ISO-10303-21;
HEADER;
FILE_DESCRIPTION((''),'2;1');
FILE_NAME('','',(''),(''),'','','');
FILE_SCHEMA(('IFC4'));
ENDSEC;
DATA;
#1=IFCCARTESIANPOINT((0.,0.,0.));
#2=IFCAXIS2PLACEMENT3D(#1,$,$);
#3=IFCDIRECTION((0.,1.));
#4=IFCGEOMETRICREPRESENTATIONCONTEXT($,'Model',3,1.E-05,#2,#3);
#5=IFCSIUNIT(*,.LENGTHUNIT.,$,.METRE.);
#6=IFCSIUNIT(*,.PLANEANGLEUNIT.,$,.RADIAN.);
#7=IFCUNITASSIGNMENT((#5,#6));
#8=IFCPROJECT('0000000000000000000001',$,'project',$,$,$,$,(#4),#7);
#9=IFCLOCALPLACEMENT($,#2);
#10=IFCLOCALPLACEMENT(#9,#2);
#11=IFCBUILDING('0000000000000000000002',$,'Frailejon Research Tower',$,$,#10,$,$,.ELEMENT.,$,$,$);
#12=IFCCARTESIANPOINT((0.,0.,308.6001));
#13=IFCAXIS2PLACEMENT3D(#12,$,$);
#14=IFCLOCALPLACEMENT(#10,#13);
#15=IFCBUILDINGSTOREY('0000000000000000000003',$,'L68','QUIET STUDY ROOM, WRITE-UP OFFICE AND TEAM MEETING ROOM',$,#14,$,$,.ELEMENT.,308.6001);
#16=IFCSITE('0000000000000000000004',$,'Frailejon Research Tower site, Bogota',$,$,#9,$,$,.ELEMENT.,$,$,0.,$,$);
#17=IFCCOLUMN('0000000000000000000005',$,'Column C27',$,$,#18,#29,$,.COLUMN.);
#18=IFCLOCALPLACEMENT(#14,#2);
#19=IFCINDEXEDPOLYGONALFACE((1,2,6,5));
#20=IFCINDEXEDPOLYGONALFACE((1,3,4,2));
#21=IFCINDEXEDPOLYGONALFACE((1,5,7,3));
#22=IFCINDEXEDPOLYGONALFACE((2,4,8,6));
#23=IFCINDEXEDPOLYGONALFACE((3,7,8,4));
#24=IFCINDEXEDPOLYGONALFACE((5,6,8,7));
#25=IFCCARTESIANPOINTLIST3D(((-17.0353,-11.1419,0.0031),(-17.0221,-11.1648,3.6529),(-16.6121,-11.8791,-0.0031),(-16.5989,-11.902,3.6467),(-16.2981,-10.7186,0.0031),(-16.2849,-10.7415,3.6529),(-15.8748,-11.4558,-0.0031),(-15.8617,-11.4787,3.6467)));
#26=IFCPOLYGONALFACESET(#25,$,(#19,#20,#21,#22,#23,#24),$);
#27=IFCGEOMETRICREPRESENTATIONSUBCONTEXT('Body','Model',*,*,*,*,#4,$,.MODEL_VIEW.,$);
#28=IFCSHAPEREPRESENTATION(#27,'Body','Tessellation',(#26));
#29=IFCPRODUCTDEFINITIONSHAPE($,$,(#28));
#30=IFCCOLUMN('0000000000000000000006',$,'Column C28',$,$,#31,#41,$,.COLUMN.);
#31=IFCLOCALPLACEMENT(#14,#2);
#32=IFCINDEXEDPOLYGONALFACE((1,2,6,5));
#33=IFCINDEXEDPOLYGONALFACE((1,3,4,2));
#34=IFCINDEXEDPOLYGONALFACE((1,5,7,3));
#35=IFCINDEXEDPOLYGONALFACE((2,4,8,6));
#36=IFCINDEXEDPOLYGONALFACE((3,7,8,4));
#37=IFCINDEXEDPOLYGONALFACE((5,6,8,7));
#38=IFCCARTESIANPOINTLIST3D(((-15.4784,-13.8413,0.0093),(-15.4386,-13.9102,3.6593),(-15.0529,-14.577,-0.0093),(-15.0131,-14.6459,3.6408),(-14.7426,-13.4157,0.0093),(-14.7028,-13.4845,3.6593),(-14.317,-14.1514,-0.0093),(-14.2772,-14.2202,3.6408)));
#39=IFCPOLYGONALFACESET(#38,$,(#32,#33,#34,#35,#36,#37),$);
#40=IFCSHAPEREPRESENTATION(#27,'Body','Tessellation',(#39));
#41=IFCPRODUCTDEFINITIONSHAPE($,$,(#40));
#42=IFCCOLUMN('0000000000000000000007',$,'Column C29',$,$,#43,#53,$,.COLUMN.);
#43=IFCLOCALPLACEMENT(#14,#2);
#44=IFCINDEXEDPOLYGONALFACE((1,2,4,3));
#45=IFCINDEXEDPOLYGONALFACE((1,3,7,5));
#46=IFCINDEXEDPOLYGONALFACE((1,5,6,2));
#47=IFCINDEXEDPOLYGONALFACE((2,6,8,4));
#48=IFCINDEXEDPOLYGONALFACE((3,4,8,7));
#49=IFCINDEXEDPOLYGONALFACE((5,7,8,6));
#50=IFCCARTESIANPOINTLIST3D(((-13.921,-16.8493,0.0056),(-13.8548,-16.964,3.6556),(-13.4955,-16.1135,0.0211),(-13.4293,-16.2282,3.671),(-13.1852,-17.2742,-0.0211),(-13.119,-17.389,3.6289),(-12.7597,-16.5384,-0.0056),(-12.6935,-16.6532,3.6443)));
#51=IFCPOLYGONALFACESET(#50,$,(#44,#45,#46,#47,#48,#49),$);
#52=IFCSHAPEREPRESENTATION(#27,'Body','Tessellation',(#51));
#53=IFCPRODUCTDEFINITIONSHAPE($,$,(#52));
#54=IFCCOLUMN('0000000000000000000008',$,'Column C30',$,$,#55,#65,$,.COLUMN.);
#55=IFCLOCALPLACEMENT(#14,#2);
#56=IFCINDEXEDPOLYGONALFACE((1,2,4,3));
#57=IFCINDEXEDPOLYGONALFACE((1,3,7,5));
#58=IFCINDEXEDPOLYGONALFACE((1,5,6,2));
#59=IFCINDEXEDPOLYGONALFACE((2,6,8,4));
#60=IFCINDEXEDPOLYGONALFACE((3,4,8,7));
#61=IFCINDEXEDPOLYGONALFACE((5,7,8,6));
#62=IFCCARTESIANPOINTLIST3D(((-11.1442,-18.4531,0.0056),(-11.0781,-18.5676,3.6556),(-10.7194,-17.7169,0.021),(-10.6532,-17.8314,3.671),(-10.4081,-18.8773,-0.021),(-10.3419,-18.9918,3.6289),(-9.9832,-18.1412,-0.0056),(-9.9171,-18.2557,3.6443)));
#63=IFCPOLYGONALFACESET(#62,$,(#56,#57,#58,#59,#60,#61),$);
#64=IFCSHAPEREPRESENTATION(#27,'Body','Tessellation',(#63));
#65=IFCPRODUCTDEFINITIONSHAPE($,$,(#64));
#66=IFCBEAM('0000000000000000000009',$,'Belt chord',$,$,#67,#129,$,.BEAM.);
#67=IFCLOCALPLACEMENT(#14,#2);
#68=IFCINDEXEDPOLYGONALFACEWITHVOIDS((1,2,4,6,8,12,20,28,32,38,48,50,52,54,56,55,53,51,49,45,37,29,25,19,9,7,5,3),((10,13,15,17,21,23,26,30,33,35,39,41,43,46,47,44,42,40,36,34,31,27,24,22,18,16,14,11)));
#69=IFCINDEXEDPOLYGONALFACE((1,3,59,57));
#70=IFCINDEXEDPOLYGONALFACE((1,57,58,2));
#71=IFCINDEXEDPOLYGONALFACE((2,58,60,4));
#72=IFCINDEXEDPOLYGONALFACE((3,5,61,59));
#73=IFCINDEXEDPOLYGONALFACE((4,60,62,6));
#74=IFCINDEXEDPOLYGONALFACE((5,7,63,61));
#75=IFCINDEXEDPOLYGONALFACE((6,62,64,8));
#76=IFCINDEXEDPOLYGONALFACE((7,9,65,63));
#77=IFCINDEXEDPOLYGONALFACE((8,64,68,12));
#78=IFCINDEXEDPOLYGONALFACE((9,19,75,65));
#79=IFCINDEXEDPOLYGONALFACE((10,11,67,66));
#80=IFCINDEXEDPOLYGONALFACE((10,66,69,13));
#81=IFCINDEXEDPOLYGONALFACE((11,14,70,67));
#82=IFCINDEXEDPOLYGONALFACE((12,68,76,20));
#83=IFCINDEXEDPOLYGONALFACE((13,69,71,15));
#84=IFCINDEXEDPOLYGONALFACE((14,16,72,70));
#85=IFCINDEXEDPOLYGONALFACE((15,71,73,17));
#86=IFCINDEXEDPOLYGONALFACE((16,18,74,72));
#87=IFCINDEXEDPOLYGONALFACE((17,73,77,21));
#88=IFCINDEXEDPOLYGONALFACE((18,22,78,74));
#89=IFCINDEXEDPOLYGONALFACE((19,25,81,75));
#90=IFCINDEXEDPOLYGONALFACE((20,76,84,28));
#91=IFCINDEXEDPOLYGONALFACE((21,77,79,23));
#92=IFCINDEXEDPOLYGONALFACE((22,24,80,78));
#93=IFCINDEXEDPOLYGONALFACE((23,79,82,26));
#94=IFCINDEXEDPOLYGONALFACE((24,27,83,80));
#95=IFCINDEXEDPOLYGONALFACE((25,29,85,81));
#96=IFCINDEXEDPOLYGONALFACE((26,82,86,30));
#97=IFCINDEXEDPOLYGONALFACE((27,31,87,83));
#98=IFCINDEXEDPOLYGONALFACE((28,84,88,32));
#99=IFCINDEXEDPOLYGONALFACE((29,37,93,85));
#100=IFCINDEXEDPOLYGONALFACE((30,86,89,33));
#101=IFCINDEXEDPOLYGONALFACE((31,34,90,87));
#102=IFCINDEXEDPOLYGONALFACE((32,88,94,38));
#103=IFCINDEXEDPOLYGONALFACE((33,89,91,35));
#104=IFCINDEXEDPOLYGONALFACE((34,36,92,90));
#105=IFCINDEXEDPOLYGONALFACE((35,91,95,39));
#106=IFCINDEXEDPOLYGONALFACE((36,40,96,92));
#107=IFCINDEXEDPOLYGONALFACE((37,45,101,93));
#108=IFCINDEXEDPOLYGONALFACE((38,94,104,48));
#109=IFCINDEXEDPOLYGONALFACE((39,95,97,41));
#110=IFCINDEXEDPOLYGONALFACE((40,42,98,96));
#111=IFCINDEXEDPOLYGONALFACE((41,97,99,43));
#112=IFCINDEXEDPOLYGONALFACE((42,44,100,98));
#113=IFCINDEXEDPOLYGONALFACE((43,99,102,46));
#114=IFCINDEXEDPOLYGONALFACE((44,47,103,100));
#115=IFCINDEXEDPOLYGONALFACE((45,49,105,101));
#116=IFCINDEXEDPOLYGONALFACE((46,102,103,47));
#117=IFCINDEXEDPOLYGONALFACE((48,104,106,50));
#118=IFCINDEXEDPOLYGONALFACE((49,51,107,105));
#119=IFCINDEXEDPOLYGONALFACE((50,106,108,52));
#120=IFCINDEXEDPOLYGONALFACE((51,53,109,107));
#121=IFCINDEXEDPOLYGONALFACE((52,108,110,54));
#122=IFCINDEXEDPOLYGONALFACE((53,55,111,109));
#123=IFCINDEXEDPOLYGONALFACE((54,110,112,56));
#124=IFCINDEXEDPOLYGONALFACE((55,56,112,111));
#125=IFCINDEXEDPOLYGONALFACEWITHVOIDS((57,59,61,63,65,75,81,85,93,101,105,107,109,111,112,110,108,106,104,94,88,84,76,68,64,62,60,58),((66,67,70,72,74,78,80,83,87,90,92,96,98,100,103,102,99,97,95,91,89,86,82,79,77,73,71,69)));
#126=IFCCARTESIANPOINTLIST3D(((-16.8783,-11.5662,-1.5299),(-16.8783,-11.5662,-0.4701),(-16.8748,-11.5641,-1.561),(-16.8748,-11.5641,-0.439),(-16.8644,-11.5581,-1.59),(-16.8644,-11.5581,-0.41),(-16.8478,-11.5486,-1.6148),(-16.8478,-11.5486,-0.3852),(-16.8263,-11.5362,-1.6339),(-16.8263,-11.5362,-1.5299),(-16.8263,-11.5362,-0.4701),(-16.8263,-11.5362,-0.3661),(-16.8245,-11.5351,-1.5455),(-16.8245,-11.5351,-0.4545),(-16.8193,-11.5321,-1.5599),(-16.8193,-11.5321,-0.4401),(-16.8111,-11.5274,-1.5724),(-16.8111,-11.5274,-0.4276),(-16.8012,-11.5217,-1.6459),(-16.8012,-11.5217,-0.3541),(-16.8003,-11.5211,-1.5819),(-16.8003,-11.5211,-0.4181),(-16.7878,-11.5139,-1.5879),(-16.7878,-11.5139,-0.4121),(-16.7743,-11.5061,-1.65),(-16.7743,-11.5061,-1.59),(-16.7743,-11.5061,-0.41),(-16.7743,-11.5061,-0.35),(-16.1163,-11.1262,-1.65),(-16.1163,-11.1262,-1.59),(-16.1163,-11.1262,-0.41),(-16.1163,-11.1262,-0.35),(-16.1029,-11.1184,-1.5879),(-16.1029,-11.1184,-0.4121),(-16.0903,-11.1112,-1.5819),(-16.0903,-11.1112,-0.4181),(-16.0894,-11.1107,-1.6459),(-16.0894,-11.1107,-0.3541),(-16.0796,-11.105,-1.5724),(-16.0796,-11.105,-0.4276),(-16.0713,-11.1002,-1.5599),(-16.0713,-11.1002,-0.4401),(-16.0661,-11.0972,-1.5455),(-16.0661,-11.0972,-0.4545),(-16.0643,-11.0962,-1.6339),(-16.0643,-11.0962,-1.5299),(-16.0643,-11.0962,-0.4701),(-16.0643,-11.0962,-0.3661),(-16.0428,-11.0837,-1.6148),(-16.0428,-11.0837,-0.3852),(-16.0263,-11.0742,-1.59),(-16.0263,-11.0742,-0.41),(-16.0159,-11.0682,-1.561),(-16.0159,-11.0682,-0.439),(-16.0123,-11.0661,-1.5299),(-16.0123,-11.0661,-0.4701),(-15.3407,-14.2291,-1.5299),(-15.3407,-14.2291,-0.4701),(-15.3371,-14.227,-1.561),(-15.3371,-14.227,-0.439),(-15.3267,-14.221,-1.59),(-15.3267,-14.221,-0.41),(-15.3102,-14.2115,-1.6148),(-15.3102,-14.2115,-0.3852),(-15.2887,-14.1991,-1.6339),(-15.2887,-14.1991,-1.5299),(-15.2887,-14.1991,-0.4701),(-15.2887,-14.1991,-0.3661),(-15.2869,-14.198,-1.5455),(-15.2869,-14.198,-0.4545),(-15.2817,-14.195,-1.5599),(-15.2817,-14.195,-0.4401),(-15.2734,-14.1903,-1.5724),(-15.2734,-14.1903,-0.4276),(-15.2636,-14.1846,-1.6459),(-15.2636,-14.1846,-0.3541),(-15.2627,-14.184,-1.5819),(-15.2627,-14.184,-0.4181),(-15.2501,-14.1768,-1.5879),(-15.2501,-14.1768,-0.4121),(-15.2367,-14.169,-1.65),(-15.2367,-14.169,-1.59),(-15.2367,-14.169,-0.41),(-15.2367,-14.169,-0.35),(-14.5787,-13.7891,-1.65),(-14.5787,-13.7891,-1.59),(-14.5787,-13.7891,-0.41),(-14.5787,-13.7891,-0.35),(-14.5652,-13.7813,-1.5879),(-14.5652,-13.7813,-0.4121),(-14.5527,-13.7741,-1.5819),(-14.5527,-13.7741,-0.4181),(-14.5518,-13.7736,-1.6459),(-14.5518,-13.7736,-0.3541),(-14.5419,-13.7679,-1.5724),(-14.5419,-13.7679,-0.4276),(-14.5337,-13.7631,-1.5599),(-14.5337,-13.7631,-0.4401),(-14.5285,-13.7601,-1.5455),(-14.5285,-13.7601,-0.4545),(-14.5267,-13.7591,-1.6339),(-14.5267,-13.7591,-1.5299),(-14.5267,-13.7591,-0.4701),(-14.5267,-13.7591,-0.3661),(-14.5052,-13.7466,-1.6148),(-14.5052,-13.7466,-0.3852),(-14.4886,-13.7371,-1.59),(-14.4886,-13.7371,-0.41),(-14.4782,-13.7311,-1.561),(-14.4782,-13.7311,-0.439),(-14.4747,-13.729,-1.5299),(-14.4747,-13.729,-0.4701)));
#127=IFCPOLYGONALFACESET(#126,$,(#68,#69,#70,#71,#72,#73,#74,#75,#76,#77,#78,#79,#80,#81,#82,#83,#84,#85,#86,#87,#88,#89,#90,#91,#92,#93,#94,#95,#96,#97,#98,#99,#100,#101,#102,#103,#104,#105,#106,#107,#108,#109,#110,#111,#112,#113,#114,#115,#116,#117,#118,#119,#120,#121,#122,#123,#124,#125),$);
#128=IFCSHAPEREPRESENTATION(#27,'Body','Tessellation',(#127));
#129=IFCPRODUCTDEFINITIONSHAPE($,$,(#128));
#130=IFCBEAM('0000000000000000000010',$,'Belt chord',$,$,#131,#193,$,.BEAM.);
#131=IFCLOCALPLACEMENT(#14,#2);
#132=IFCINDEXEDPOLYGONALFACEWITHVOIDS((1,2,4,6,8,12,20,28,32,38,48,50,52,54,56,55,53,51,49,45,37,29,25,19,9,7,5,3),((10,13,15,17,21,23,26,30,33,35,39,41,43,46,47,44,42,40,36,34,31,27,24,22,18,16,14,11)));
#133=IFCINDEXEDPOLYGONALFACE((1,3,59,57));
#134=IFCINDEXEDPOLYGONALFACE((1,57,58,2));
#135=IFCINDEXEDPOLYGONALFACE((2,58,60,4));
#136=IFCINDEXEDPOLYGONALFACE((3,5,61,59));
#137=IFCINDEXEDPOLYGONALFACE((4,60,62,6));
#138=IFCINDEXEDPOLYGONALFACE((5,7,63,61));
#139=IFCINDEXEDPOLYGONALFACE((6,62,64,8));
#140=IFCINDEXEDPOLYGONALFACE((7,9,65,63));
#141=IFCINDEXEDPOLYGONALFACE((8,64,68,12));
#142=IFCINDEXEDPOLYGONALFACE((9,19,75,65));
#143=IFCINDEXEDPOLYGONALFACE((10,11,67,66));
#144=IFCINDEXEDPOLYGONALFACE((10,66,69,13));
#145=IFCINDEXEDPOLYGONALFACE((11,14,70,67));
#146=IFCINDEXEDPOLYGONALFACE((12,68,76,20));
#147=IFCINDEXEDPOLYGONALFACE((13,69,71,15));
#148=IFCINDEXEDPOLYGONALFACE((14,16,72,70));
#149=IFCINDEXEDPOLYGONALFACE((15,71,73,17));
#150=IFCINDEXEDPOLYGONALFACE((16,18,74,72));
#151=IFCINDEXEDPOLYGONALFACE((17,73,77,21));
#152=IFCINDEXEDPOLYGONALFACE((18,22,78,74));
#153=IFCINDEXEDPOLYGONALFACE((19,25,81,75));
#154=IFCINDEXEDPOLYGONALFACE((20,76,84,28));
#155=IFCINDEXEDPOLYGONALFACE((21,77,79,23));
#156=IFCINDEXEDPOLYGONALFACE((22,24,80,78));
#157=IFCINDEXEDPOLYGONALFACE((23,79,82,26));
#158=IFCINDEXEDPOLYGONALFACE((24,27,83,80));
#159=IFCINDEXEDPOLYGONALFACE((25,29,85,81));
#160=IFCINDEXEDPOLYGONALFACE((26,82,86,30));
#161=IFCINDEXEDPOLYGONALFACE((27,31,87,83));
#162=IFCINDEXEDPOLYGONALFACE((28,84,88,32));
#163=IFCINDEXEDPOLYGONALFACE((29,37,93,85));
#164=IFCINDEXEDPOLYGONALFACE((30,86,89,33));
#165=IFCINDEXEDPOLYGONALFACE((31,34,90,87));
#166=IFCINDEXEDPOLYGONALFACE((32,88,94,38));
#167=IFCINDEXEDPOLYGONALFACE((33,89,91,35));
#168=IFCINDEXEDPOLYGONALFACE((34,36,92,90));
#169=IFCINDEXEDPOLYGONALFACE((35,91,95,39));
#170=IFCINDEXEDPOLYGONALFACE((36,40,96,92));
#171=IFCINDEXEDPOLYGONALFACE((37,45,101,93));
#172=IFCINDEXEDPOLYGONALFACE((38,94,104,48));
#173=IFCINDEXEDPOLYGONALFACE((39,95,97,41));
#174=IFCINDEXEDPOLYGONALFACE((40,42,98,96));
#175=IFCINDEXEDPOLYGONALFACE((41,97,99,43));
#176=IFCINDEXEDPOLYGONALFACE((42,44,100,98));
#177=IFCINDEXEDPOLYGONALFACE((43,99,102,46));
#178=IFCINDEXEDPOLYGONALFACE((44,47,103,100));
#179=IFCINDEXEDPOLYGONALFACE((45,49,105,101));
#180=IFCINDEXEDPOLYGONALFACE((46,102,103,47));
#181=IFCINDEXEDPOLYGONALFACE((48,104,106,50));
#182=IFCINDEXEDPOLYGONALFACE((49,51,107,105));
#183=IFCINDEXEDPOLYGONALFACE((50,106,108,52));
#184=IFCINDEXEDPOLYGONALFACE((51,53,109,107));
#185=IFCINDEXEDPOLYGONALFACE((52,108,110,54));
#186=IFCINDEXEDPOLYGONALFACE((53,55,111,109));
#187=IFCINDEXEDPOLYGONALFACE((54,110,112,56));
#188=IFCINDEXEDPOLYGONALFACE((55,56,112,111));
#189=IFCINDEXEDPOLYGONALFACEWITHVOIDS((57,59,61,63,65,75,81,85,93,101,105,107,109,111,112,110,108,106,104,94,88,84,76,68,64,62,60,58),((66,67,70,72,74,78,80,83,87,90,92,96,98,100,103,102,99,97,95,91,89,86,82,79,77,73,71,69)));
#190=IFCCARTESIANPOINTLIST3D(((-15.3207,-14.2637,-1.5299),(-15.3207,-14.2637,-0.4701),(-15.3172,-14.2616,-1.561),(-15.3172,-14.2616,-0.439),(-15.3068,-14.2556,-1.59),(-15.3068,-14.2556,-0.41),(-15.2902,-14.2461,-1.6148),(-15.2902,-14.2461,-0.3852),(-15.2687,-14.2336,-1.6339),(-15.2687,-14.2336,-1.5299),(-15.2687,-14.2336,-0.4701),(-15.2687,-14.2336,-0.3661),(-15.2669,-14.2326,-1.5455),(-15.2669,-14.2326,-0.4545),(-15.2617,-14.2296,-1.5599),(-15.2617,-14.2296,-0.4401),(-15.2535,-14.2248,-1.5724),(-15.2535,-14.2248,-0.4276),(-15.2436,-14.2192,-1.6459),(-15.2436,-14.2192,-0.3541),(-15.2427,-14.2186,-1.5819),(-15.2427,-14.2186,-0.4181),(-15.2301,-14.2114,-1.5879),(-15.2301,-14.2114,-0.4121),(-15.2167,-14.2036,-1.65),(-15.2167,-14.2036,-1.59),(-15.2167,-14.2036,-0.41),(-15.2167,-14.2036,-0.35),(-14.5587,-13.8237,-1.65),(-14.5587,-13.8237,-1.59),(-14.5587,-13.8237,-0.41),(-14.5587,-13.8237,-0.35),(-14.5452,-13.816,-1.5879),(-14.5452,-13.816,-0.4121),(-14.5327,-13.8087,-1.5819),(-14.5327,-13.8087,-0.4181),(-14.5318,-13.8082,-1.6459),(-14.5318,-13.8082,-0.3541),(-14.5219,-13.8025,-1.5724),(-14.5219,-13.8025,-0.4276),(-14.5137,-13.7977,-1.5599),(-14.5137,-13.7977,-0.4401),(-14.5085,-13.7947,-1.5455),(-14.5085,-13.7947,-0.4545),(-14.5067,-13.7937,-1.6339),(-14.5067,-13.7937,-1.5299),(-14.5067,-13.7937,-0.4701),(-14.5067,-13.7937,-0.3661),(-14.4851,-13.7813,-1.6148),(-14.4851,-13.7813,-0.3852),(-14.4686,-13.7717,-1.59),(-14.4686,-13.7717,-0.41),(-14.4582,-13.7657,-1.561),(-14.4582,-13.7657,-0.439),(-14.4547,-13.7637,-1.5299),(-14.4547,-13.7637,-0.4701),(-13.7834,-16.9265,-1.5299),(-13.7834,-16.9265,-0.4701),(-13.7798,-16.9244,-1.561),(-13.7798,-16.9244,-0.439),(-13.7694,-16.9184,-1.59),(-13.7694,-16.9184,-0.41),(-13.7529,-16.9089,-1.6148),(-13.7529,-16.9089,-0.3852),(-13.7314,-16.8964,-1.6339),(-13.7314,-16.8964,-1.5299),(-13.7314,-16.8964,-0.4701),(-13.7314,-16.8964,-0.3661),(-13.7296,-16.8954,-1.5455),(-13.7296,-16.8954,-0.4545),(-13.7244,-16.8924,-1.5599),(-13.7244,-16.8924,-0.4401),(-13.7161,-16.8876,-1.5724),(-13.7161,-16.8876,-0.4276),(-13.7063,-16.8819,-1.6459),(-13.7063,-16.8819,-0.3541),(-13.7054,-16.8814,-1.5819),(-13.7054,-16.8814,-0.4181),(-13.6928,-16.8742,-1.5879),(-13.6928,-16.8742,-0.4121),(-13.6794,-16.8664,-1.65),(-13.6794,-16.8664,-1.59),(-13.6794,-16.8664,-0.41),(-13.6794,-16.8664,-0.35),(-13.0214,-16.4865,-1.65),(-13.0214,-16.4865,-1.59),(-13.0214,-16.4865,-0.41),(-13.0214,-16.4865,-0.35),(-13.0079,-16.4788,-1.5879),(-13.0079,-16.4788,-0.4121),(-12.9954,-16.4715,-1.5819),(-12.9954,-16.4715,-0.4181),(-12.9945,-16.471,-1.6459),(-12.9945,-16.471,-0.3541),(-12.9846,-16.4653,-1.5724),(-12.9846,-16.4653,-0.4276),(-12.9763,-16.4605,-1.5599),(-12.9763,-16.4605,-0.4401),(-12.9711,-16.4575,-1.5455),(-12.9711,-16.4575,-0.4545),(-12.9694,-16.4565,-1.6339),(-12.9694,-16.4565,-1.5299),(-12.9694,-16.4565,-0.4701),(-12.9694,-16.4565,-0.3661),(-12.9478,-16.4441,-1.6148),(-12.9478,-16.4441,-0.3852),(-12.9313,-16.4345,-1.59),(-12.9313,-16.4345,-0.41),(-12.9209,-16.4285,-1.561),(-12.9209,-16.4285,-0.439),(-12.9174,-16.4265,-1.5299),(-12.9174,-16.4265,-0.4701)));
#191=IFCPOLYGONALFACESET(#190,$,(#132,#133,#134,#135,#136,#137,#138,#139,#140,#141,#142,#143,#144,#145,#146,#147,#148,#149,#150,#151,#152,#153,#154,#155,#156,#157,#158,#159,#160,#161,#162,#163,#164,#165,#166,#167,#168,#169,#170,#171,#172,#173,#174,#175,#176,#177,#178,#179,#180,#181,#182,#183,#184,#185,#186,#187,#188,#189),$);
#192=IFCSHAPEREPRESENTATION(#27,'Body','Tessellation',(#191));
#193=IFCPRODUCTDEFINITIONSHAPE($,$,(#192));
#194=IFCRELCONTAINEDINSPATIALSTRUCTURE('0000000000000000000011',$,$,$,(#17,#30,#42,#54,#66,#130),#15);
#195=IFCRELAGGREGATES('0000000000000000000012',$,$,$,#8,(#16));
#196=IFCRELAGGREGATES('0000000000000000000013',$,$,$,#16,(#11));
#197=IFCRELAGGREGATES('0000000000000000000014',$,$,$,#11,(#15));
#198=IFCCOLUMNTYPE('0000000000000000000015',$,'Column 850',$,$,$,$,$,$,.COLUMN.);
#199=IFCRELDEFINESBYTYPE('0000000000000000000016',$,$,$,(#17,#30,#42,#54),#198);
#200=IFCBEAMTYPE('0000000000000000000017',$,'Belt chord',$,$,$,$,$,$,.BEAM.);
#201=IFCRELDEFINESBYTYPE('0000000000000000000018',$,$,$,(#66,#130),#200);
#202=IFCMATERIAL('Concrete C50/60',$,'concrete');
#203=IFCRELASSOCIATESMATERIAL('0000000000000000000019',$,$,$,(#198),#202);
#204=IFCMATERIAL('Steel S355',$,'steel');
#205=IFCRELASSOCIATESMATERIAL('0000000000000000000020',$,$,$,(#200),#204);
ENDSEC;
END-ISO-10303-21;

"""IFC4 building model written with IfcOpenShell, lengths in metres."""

from ifc_helpers import new_model, si_unit, direction, frame, origin, origin_2d, place, context, subcontext, project, spatial, rectangle, hollow_rectangle, extrude, material, material_profile, profile_set, type_object, element, save


model = new_model("IFC4")

# Units and contexts
model_context = context("Model", 3, precision=1e-05, world=origin(), true_north=direction((0.0, 1.0)))
body_context = subcontext(model_context, "Body", "Model", "MODEL_VIEW")
ifc_project = project(units=[si_unit("LENGTHUNIT", "METRE"), si_unit("PLANEANGLEUNIT", "RADIAN")], contexts=[model_context])

# Site, building, storey
site_placement = place(None, origin())
site = spatial("IfcSite", under=ifc_project, at=site_placement, Name="Frailejon Research Tower site, Bogota", CompositionType="ELEMENT", RefElevation=0.0)
building_placement = place(site_placement, origin())
building = spatial("IfcBuilding", under=site, at=building_placement, Name="Frailejon Research Tower", CompositionType="ELEMENT")
storey_placement = place(building_placement, frame((0.0, 0.0, 308.6001)))
storey = spatial("IfcBuildingStorey", under=building, at=storey_placement, Name="L68", Description="QUIET STUDY ROOM, WRITE-UP OFFICE AND TEAM MEETING ROOM", CompositionType="ELEMENT", Elevation=308.6001)

# Columns
ifc_material_1 = material(Name="Concrete C50/60", Category="concrete")
ifc_material_profile_1 = material_profile(ifc_material_1, rectangle(XDim=0.8501, YDim=0.8501, at=origin_2d()), Name="Column 850")
ifc_profile_set_1 = profile_set([ifc_material_profile_1], Name="Concrete C50/60")
column_type = type_object("IfcColumnType", Name="Column 850", PredefinedType="COLUMN", material=ifc_profile_set_1)
column_1_placement = place(storey_placement, frame((-16.4551, -11.2988, 0.0), z_axis=(0.003612, -0.006287, 0.999974), x_axis=(0.49789, -0.86721, -0.007251)))
element("IfcColumn", 1, at=column_1_placement, inside=storey, type_object=column_type, Name="Column C27", PredefinedType="COLUMN", context=body_context, shape_type="SweptSolid", body=[
    extrude(rectangle(XDim=0.8501, YDim=0.8501, at=origin_2d()), origin(), (0.0, 0.0, 1.0), 3.6499),
])
column_2_placement = place(storey_placement, frame((-14.8977, -13.9963, 0.0), z_axis=(0.0109, -0.018858, 0.999763), x_axis=(0.50059, -0.86541, -0.021782)))
element("IfcColumn", 2, at=column_2_placement, inside=storey, type_object=column_type, Name="Column C28", PredefinedType="COLUMN", context=body_context, shape_type="SweptSolid", body=[
    extrude(rectangle(XDim=0.8501, YDim=0.8501, at=origin_2d()), origin(), (0.0, 0.0, 1.0), 3.6509),
])
for number, where, z_axis, x_axis, name in (
    (3, (-13.3403, -16.6938, 0.0), (0.018115, -0.031417, 0.999342), (0.86552, -0.499889, -0.031405), "Column C29"),
    (4, (-10.5637, -18.2971, 0.0), (0.018115, -0.031351, 0.999344), (0.865981, -0.499093, -0.031355), "Column C30"),
):
    element("IfcColumn", number, at=place(storey_placement, frame(where, z_axis=z_axis, x_axis=x_axis)), inside=storey, type_object=column_type, Name=name, PredefinedType="COLUMN", context=body_context, shape_type="SweptSolid", body=[
        extrude(rectangle(XDim=0.8501, YDim=0.8501, at=origin_2d()), origin(), (0.0, 0.0, 1.0), 3.6523),
    ])

# Beams
ifc_material_2 = material(Name="Steel S355", Category="steel")
ifc_material_profile_2 = material_profile(ifc_material_2, hollow_rectangle(XDim=1.0, YDim=1.3, WallThickness=0.0601, InnerFilletRadius=0.0601, OuterFilletRadius=0.1201, at=origin_2d()), Name="Belt chord")
ifc_profile_set_2 = profile_set([ifc_material_profile_2], Name="Steel S355")
beam_type_1 = type_object("IfcBeamType", Name="Belt chord", PredefinedType="BEAM", material=ifc_profile_set_2)
beam_1_placement = place(storey_placement, frame((-16.4453, -11.3162, -1.0), z_axis=(0.50005, -0.865997, 0.0), x_axis=(0.865997, 0.50005, 0.0)))
element("IfcBeam", 5, at=beam_1_placement, inside=storey, type_object=beam_type_1, Name="Belt chord", PredefinedType="BEAM", context=body_context, shape_type="SweptSolid", body=[
    extrude(hollow_rectangle(XDim=1.0, YDim=1.3, WallThickness=0.0601, InnerFilletRadius=0.0601, OuterFilletRadius=0.1201, at=origin_2d()), origin(), (0.0, 0.0, 1.0), 3.075),
])
beam_2_placement = place(storey_placement, frame((-14.8877, -14.0137, -1.0), z_axis=(0.499991, -0.866031, 0.0), x_axis=(0.866031, 0.499991, 0.0)))
element("IfcBeam", 6, at=beam_2_placement, inside=storey, type_object=beam_type_1, Name="Belt chord", PredefinedType="BEAM", context=body_context, shape_type="SweptSolid", body=[
    extrude(hollow_rectangle(XDim=1.0, YDim=1.3, WallThickness=0.0601, InnerFilletRadius=0.0601, OuterFilletRadius=0.1201, at=origin_2d()), origin(), (0.0, 0.0, 1.0), 3.0747),
])

save(model, "model.ifc")
